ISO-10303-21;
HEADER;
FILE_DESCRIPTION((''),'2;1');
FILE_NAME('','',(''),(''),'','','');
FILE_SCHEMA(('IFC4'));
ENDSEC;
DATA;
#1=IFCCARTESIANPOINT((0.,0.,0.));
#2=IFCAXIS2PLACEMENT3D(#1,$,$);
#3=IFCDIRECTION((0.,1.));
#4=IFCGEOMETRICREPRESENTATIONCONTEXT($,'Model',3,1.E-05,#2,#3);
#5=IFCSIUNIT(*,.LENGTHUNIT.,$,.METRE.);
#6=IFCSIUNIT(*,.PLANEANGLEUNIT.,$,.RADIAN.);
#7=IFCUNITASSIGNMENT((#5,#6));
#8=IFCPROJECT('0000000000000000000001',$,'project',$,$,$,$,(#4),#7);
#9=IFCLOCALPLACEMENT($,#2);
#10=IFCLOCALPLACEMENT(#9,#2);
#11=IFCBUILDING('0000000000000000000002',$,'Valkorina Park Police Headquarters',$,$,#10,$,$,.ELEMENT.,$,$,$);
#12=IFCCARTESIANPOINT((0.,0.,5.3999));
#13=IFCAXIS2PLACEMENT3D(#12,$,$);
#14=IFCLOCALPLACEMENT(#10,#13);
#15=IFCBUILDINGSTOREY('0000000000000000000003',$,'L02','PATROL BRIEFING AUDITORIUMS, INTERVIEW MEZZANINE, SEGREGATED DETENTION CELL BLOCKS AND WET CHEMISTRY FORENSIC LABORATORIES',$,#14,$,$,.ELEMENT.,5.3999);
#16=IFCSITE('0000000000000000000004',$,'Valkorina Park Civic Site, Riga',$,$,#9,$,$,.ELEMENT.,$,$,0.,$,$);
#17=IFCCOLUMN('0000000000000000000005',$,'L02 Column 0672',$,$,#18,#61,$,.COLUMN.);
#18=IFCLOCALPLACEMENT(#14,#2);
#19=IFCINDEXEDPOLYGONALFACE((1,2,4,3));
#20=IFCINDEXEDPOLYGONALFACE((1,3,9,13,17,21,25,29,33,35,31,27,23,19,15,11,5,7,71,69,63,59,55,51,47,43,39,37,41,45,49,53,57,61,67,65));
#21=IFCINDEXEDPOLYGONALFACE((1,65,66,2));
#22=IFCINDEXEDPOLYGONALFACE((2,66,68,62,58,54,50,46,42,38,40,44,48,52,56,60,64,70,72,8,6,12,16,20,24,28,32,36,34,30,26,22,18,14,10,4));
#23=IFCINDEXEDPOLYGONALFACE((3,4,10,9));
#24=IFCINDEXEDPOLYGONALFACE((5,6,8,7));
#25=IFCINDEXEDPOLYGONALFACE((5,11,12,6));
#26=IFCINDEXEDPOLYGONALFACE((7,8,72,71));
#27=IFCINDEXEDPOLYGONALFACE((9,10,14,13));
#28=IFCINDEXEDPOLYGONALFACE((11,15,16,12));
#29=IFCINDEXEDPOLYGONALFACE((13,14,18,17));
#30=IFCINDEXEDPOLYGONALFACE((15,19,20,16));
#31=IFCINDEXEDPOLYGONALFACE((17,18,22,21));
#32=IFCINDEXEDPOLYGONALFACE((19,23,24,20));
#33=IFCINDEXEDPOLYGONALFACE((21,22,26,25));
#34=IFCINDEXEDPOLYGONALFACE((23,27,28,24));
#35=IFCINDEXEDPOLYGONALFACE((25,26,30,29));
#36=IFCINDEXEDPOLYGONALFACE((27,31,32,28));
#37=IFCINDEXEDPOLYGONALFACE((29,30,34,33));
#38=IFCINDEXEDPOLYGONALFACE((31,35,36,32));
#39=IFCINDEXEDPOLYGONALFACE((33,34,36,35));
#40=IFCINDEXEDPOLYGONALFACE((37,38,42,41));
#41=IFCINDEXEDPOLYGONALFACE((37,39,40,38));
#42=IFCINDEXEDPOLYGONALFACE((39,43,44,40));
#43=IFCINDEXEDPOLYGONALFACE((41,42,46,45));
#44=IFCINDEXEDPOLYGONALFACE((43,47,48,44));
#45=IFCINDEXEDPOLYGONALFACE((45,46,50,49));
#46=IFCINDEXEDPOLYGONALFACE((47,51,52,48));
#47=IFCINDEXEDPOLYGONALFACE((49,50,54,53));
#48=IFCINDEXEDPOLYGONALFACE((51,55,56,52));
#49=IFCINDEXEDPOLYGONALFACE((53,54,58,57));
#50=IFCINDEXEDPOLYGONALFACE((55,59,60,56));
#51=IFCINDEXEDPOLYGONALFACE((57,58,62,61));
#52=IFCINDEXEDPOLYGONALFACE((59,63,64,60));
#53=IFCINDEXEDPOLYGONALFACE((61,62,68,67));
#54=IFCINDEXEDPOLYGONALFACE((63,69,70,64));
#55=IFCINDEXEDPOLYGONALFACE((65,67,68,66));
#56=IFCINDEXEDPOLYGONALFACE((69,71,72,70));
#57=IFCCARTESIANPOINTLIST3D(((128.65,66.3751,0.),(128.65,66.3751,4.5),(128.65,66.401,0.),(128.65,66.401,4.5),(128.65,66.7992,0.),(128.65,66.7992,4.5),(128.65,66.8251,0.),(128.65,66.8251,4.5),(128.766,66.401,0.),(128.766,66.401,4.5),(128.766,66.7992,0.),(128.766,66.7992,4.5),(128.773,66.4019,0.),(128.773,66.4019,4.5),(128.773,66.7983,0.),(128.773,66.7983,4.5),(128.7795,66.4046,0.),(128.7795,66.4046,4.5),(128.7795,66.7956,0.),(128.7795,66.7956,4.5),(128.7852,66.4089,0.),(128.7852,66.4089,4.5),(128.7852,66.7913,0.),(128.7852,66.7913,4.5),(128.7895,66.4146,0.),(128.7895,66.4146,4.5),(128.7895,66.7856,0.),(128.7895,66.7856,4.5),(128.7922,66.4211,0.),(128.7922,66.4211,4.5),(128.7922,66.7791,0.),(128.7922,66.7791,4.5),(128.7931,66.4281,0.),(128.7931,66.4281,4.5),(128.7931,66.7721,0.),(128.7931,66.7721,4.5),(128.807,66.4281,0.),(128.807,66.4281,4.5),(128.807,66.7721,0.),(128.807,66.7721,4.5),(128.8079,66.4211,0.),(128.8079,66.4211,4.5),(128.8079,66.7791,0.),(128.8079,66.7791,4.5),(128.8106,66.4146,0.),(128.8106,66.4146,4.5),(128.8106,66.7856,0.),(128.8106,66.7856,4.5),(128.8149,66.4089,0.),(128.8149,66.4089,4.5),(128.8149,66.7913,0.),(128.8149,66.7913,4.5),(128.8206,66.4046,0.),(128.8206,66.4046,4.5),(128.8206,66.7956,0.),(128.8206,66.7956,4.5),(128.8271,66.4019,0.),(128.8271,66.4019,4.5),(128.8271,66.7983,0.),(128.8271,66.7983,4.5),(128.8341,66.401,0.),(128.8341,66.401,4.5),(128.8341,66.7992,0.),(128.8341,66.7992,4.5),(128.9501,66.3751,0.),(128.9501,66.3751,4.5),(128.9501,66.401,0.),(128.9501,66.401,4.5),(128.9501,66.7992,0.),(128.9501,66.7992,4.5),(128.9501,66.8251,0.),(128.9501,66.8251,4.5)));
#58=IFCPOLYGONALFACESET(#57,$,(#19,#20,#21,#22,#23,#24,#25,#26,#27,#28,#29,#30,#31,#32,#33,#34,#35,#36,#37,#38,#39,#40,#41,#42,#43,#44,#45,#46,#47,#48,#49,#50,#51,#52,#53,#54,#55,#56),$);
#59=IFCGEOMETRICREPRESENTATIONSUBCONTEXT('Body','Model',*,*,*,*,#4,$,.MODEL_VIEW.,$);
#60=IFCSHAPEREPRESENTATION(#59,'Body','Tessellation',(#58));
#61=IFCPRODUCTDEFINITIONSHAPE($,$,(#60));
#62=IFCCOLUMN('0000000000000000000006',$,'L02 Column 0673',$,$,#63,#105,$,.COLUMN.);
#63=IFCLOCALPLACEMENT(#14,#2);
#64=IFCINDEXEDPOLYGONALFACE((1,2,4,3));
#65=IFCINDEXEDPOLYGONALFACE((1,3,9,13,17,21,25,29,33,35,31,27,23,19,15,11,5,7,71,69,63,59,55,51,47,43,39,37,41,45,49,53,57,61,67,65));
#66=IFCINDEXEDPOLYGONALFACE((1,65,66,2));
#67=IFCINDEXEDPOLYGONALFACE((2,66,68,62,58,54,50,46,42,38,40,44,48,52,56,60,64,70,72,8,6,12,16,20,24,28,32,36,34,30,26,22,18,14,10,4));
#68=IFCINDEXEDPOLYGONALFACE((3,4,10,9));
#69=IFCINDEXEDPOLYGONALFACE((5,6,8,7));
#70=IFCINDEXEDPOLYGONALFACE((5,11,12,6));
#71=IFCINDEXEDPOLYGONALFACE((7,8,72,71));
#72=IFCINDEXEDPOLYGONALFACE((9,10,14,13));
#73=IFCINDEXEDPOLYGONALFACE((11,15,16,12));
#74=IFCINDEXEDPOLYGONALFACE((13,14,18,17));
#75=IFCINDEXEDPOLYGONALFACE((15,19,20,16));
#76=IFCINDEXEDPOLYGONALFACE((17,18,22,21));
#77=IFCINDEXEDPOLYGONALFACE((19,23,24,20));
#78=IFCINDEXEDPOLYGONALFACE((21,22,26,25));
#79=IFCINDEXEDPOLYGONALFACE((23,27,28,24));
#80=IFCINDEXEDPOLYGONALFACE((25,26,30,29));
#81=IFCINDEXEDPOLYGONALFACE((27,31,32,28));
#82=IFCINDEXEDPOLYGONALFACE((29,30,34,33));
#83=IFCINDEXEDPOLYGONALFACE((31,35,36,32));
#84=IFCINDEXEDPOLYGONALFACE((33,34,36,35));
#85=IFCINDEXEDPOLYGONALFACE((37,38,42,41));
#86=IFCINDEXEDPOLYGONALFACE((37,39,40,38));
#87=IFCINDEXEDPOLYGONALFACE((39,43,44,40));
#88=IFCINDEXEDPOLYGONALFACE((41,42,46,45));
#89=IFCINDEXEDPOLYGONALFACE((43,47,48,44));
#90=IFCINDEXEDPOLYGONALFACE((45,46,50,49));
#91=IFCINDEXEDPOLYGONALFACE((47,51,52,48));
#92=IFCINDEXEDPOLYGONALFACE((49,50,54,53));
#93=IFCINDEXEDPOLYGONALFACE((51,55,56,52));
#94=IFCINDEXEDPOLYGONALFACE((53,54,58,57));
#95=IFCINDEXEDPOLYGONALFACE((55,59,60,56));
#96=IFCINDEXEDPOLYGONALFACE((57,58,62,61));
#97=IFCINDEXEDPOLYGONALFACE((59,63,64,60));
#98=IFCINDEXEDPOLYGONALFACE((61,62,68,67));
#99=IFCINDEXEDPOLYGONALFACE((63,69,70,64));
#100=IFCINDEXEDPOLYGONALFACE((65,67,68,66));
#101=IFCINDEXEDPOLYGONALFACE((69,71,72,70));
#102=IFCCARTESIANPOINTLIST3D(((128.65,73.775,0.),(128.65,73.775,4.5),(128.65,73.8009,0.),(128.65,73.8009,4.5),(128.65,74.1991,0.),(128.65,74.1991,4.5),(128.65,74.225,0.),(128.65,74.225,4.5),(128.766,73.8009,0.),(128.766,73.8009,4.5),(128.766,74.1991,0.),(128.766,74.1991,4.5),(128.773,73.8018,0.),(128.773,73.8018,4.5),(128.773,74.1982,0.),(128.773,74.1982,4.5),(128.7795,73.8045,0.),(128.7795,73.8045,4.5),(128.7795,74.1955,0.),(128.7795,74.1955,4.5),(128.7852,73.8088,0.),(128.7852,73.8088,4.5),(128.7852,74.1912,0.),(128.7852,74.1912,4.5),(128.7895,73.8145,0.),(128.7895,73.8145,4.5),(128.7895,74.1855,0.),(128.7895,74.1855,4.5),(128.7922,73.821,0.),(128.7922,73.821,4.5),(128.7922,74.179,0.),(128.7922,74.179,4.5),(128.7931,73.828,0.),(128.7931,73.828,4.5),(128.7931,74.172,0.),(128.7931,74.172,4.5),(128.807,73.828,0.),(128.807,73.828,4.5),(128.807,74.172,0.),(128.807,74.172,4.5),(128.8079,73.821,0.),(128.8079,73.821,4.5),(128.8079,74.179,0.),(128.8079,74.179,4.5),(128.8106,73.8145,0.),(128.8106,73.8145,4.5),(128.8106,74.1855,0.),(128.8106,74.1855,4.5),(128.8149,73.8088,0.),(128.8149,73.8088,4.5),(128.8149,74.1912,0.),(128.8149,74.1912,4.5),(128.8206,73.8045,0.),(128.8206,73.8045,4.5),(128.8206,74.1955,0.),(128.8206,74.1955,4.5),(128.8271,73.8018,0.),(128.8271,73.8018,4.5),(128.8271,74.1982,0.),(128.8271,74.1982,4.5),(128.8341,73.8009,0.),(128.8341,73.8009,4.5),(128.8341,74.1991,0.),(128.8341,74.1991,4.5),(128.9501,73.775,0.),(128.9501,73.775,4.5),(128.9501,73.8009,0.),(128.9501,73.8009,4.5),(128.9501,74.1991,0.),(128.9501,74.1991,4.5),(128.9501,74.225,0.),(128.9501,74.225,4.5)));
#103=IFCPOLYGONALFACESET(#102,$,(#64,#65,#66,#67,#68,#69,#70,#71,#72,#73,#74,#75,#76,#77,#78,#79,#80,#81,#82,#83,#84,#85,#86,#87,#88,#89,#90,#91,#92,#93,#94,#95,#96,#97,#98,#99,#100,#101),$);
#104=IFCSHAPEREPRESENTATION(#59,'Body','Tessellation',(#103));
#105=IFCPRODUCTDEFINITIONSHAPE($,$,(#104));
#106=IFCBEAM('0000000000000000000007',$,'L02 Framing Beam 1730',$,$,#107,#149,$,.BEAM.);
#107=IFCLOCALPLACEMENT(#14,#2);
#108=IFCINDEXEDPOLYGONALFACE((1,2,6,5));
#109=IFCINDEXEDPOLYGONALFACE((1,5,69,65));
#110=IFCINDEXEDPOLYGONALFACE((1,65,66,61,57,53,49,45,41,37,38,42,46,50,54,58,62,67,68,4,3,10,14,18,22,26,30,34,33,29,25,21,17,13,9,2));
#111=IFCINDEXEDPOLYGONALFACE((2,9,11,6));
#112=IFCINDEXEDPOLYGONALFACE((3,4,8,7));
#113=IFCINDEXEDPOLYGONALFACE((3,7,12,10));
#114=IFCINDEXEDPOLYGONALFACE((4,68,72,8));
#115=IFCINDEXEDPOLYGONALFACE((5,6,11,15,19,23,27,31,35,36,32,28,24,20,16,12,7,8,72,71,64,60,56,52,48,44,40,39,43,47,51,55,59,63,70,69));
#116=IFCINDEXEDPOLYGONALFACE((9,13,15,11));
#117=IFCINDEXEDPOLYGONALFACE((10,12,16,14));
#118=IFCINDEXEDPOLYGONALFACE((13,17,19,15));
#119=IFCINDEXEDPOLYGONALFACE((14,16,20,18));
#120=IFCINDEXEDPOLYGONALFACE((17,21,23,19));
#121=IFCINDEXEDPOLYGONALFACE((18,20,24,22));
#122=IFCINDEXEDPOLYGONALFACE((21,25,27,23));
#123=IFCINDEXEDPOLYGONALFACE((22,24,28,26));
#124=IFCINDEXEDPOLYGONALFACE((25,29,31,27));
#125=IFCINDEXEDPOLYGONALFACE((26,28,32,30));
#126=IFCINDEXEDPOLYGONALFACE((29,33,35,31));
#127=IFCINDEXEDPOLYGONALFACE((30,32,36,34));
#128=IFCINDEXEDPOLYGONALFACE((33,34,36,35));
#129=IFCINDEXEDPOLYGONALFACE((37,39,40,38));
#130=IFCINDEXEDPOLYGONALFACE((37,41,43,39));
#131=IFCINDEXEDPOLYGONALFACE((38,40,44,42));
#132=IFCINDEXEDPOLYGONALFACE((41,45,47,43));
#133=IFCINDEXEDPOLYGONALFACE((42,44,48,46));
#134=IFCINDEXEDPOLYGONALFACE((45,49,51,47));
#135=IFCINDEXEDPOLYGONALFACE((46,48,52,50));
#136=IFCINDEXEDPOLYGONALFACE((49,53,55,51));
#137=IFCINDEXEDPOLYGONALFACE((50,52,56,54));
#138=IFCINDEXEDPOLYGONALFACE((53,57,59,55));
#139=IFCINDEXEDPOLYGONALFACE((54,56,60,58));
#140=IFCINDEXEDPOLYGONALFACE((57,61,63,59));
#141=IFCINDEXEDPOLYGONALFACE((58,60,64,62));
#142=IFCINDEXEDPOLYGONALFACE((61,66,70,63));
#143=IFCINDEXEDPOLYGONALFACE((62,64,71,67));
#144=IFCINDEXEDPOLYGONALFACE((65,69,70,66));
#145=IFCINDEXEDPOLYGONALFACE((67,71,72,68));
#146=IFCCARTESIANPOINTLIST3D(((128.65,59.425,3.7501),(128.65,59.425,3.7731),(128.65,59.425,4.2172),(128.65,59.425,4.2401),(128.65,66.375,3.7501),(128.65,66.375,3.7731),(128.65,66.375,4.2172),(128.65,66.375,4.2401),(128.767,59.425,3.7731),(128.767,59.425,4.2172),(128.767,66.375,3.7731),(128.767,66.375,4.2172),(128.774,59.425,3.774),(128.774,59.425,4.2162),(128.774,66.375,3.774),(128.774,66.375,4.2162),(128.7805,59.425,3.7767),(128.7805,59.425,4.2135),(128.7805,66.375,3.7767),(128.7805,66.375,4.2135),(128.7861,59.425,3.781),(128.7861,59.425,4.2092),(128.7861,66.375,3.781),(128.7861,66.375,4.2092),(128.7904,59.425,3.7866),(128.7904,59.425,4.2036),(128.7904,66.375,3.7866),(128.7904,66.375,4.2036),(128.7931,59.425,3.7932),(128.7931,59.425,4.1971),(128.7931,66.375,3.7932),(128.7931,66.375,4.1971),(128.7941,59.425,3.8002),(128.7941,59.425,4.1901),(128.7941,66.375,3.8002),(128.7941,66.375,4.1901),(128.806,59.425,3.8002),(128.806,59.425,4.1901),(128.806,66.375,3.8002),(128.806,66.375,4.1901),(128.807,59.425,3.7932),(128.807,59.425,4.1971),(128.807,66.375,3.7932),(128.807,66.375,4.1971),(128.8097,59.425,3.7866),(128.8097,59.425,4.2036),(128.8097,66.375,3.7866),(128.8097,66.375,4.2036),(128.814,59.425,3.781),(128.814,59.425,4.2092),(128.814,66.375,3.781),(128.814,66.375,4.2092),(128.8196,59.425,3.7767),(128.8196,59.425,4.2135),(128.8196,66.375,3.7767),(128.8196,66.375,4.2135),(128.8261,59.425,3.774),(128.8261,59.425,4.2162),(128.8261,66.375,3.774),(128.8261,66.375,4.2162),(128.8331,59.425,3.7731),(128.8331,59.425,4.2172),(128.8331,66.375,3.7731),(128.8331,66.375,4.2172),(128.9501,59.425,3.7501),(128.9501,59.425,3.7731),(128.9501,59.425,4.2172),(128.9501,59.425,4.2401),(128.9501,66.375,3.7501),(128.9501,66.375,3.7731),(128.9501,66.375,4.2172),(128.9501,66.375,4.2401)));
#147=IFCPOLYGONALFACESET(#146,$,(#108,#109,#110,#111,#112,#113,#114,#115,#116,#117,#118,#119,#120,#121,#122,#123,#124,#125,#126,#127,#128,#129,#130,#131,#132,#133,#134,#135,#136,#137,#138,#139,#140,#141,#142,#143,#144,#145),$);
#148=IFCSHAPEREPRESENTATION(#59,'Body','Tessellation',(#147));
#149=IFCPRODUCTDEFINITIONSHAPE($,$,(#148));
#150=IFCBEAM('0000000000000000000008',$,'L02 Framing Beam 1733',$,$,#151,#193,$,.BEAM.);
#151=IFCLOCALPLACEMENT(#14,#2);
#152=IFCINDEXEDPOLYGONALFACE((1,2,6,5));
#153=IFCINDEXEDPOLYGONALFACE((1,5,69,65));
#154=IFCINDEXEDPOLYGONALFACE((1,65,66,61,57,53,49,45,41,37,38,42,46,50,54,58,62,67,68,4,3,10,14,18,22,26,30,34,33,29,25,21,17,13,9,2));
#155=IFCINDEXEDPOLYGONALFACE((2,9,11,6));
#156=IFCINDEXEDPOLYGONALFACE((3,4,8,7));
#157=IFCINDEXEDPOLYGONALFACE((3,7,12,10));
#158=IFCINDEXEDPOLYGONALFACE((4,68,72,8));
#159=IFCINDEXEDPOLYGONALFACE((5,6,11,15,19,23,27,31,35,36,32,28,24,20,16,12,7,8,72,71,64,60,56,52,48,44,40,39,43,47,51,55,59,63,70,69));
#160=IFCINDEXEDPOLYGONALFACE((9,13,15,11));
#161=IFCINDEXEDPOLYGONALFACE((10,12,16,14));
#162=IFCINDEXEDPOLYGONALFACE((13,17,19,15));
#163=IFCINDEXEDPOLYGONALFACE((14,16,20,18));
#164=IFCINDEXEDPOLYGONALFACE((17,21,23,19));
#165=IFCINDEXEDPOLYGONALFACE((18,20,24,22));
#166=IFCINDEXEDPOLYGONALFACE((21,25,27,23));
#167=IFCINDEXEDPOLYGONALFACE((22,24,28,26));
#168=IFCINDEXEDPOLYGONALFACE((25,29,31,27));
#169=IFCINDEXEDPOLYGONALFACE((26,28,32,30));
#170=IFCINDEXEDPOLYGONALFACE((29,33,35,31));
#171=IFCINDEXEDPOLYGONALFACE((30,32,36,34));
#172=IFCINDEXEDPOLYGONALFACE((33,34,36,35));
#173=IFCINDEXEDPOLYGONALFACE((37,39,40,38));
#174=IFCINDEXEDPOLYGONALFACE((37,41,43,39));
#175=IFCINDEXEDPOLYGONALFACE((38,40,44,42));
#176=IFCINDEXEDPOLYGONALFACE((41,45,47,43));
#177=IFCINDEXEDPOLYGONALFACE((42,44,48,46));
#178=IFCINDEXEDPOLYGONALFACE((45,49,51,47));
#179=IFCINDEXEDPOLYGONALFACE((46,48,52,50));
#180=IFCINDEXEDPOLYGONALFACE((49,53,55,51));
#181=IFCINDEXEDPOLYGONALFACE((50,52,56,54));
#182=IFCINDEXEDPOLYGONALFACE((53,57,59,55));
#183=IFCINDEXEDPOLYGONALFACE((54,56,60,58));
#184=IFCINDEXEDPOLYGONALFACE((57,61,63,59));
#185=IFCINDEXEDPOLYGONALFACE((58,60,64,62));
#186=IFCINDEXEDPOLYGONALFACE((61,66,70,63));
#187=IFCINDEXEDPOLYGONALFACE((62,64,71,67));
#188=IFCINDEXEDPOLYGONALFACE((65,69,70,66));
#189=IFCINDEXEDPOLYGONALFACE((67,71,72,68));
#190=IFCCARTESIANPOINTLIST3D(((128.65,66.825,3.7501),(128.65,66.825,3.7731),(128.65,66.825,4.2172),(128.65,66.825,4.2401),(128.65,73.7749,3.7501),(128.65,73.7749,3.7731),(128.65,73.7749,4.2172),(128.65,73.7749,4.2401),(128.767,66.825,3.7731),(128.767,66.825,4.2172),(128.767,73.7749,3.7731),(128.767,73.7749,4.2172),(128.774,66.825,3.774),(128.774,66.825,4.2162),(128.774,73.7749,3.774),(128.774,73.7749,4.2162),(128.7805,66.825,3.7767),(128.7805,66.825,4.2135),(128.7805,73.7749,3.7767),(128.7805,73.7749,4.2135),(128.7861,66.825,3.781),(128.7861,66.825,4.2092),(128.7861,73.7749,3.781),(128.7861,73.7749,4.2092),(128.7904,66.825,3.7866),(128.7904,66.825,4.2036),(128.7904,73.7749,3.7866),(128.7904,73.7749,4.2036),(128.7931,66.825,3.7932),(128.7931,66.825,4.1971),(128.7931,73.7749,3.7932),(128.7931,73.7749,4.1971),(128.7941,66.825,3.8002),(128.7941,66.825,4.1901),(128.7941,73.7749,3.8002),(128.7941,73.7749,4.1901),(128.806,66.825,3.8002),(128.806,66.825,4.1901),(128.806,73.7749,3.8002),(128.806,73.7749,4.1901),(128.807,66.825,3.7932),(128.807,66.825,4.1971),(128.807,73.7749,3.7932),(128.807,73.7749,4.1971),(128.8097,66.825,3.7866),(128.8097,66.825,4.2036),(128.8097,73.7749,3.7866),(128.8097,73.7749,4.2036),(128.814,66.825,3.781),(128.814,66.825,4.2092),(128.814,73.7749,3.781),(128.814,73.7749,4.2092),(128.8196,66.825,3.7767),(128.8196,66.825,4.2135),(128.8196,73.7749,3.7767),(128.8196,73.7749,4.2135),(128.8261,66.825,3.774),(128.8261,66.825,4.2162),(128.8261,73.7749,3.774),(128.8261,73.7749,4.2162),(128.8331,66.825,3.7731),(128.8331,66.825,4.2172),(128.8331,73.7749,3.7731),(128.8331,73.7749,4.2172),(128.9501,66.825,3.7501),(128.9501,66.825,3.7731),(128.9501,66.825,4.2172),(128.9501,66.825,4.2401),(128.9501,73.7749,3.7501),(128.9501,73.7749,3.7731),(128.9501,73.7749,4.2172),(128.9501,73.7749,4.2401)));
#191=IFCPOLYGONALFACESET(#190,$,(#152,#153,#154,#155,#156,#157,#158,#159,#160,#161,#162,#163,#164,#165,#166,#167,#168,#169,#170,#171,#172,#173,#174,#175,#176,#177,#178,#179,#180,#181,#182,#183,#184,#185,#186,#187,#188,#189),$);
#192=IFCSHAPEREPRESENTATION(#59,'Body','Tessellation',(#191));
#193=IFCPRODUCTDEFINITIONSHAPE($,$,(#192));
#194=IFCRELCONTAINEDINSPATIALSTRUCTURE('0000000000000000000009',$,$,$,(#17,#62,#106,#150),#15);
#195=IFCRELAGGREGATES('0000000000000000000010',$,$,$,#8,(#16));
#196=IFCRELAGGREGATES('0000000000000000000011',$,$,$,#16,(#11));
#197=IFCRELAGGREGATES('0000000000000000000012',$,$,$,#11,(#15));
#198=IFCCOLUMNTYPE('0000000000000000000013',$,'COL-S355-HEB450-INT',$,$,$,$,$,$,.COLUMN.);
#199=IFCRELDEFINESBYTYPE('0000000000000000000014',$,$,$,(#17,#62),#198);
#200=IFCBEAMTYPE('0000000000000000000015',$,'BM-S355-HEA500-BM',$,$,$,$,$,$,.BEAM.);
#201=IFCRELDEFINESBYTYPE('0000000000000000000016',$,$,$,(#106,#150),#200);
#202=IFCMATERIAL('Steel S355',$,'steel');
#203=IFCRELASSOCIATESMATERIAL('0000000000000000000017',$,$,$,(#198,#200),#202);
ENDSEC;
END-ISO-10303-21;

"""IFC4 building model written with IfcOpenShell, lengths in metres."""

from ifc_helpers import new_model, si_unit, direction, frame, origin, origin_2d, place, context, subcontext, project, spatial, i_section, extrude, material, material_profile, profile_set, type_object, element, save


model = new_model("IFC4")

# Units and contexts
model_context = context("Model", 3, precision=1e-05, world=origin(), true_north=direction((0.0, 1.0)))
body_context = subcontext(model_context, "Body", "Model", "MODEL_VIEW")
ifc_project = project(units=[si_unit("LENGTHUNIT", "METRE"), si_unit("PLANEANGLEUNIT", "RADIAN")], contexts=[model_context])

# Site, building, storey
site_placement = place(None, origin())
site = spatial("IfcSite", under=ifc_project, at=site_placement, Name="Valkorina Park Civic Site, Riga", CompositionType="ELEMENT", RefElevation=0.0)
building_placement = place(site_placement, origin())
building = spatial("IfcBuilding", under=site, at=building_placement, Name="Valkorina Park Police Headquarters", CompositionType="ELEMENT")
storey_placement = place(building_placement, frame((0.0, 0.0, 5.3999)))
storey = spatial("IfcBuildingStorey", under=building, at=storey_placement, Name="L02", Description="PATROL BRIEFING AUDITORIUMS, INTERVIEW MEZZANINE, SEGREGATED DETENTION CELL BLOCKS AND WET CHEMISTRY FORENSIC LABORATORIES", CompositionType="ELEMENT", Elevation=5.3999)

# Columns
ifc_material_1 = material(Name="Steel S355", Category="steel")
ifc_material_profile_1 = material_profile(ifc_material_1, i_section(OverallWidth=0.3, OverallDepth=0.45, WebThickness=0.0139, FlangeThickness=0.0259, FilletRadius=0.0271, at=origin_2d()), Name="HEB 450")
ifc_profile_set_1 = profile_set([ifc_material_profile_1], Name="Steel S355")
column_type = type_object("IfcColumnType", Name="COL-S355-HEB450-INT", PredefinedType="COLUMN", material=ifc_profile_set_1)
for number, where, z_axis, x_axis, name in (
    (1, (128.8, 66.6001, 0.0), (0.0, 0.0, 1.0), (1.0, 0.0, 0.0), "L02 Column 0672"),
    (2, (128.8, 74.0, 0.0), (0.0, 0.0, 1.0), (1.0, 0.0, 0.0), "L02 Column 0673"),
):
    element("IfcColumn", number, at=place(storey_placement, frame(where, z_axis=z_axis, x_axis=x_axis)), inside=storey, type_object=column_type, Name=name, PredefinedType="COLUMN", context=body_context, shape_type="SweptSolid", body=[
        extrude(i_section(OverallWidth=0.3, OverallDepth=0.45, WebThickness=0.0139, FlangeThickness=0.0259, FilletRadius=0.0271, at=origin_2d()), origin(), (0.0, 0.0, 1.0), 4.5),
    ])

# Beams
ifc_material_profile_2 = material_profile(ifc_material_1, i_section(OverallWidth=0.3, OverallDepth=0.49, WebThickness=0.012, FlangeThickness=0.0229, FilletRadius=0.0271, at=origin_2d()), Name="HEA 500")
ifc_profile_set_2 = profile_set([ifc_material_profile_2], Name="Steel S355")
beam_type_1 = type_object("IfcBeamType", Name="BM-S355-HEA500-BM", PredefinedType="BEAM", material=ifc_profile_set_2)
for number, where, z_axis, x_axis, name in (
    (3, (128.8, 59.425, 3.9951), (0.0, 1.0, 0.0), (-1.0, 0.0, 0.0), "L02 Framing Beam 1730"),
    (4, (128.8, 66.825, 3.9951), (0.0, 1.0, 0.0), (-1.0, 0.0, 0.0), "L02 Framing Beam 1733"),
):
    element("IfcBeam", number, at=place(storey_placement, frame(where, z_axis=z_axis, x_axis=x_axis)), inside=storey, type_object=beam_type_1, Name=name, PredefinedType="BEAM", context=body_context, shape_type="SweptSolid", body=[
        extrude(i_section(OverallWidth=0.3, OverallDepth=0.49, WebThickness=0.012, FlangeThickness=0.0229, FilletRadius=0.0271, at=origin_2d()), origin(), (0.0, 0.0, 1.0), 6.95),
    ])

save(model, "model.ifc")
